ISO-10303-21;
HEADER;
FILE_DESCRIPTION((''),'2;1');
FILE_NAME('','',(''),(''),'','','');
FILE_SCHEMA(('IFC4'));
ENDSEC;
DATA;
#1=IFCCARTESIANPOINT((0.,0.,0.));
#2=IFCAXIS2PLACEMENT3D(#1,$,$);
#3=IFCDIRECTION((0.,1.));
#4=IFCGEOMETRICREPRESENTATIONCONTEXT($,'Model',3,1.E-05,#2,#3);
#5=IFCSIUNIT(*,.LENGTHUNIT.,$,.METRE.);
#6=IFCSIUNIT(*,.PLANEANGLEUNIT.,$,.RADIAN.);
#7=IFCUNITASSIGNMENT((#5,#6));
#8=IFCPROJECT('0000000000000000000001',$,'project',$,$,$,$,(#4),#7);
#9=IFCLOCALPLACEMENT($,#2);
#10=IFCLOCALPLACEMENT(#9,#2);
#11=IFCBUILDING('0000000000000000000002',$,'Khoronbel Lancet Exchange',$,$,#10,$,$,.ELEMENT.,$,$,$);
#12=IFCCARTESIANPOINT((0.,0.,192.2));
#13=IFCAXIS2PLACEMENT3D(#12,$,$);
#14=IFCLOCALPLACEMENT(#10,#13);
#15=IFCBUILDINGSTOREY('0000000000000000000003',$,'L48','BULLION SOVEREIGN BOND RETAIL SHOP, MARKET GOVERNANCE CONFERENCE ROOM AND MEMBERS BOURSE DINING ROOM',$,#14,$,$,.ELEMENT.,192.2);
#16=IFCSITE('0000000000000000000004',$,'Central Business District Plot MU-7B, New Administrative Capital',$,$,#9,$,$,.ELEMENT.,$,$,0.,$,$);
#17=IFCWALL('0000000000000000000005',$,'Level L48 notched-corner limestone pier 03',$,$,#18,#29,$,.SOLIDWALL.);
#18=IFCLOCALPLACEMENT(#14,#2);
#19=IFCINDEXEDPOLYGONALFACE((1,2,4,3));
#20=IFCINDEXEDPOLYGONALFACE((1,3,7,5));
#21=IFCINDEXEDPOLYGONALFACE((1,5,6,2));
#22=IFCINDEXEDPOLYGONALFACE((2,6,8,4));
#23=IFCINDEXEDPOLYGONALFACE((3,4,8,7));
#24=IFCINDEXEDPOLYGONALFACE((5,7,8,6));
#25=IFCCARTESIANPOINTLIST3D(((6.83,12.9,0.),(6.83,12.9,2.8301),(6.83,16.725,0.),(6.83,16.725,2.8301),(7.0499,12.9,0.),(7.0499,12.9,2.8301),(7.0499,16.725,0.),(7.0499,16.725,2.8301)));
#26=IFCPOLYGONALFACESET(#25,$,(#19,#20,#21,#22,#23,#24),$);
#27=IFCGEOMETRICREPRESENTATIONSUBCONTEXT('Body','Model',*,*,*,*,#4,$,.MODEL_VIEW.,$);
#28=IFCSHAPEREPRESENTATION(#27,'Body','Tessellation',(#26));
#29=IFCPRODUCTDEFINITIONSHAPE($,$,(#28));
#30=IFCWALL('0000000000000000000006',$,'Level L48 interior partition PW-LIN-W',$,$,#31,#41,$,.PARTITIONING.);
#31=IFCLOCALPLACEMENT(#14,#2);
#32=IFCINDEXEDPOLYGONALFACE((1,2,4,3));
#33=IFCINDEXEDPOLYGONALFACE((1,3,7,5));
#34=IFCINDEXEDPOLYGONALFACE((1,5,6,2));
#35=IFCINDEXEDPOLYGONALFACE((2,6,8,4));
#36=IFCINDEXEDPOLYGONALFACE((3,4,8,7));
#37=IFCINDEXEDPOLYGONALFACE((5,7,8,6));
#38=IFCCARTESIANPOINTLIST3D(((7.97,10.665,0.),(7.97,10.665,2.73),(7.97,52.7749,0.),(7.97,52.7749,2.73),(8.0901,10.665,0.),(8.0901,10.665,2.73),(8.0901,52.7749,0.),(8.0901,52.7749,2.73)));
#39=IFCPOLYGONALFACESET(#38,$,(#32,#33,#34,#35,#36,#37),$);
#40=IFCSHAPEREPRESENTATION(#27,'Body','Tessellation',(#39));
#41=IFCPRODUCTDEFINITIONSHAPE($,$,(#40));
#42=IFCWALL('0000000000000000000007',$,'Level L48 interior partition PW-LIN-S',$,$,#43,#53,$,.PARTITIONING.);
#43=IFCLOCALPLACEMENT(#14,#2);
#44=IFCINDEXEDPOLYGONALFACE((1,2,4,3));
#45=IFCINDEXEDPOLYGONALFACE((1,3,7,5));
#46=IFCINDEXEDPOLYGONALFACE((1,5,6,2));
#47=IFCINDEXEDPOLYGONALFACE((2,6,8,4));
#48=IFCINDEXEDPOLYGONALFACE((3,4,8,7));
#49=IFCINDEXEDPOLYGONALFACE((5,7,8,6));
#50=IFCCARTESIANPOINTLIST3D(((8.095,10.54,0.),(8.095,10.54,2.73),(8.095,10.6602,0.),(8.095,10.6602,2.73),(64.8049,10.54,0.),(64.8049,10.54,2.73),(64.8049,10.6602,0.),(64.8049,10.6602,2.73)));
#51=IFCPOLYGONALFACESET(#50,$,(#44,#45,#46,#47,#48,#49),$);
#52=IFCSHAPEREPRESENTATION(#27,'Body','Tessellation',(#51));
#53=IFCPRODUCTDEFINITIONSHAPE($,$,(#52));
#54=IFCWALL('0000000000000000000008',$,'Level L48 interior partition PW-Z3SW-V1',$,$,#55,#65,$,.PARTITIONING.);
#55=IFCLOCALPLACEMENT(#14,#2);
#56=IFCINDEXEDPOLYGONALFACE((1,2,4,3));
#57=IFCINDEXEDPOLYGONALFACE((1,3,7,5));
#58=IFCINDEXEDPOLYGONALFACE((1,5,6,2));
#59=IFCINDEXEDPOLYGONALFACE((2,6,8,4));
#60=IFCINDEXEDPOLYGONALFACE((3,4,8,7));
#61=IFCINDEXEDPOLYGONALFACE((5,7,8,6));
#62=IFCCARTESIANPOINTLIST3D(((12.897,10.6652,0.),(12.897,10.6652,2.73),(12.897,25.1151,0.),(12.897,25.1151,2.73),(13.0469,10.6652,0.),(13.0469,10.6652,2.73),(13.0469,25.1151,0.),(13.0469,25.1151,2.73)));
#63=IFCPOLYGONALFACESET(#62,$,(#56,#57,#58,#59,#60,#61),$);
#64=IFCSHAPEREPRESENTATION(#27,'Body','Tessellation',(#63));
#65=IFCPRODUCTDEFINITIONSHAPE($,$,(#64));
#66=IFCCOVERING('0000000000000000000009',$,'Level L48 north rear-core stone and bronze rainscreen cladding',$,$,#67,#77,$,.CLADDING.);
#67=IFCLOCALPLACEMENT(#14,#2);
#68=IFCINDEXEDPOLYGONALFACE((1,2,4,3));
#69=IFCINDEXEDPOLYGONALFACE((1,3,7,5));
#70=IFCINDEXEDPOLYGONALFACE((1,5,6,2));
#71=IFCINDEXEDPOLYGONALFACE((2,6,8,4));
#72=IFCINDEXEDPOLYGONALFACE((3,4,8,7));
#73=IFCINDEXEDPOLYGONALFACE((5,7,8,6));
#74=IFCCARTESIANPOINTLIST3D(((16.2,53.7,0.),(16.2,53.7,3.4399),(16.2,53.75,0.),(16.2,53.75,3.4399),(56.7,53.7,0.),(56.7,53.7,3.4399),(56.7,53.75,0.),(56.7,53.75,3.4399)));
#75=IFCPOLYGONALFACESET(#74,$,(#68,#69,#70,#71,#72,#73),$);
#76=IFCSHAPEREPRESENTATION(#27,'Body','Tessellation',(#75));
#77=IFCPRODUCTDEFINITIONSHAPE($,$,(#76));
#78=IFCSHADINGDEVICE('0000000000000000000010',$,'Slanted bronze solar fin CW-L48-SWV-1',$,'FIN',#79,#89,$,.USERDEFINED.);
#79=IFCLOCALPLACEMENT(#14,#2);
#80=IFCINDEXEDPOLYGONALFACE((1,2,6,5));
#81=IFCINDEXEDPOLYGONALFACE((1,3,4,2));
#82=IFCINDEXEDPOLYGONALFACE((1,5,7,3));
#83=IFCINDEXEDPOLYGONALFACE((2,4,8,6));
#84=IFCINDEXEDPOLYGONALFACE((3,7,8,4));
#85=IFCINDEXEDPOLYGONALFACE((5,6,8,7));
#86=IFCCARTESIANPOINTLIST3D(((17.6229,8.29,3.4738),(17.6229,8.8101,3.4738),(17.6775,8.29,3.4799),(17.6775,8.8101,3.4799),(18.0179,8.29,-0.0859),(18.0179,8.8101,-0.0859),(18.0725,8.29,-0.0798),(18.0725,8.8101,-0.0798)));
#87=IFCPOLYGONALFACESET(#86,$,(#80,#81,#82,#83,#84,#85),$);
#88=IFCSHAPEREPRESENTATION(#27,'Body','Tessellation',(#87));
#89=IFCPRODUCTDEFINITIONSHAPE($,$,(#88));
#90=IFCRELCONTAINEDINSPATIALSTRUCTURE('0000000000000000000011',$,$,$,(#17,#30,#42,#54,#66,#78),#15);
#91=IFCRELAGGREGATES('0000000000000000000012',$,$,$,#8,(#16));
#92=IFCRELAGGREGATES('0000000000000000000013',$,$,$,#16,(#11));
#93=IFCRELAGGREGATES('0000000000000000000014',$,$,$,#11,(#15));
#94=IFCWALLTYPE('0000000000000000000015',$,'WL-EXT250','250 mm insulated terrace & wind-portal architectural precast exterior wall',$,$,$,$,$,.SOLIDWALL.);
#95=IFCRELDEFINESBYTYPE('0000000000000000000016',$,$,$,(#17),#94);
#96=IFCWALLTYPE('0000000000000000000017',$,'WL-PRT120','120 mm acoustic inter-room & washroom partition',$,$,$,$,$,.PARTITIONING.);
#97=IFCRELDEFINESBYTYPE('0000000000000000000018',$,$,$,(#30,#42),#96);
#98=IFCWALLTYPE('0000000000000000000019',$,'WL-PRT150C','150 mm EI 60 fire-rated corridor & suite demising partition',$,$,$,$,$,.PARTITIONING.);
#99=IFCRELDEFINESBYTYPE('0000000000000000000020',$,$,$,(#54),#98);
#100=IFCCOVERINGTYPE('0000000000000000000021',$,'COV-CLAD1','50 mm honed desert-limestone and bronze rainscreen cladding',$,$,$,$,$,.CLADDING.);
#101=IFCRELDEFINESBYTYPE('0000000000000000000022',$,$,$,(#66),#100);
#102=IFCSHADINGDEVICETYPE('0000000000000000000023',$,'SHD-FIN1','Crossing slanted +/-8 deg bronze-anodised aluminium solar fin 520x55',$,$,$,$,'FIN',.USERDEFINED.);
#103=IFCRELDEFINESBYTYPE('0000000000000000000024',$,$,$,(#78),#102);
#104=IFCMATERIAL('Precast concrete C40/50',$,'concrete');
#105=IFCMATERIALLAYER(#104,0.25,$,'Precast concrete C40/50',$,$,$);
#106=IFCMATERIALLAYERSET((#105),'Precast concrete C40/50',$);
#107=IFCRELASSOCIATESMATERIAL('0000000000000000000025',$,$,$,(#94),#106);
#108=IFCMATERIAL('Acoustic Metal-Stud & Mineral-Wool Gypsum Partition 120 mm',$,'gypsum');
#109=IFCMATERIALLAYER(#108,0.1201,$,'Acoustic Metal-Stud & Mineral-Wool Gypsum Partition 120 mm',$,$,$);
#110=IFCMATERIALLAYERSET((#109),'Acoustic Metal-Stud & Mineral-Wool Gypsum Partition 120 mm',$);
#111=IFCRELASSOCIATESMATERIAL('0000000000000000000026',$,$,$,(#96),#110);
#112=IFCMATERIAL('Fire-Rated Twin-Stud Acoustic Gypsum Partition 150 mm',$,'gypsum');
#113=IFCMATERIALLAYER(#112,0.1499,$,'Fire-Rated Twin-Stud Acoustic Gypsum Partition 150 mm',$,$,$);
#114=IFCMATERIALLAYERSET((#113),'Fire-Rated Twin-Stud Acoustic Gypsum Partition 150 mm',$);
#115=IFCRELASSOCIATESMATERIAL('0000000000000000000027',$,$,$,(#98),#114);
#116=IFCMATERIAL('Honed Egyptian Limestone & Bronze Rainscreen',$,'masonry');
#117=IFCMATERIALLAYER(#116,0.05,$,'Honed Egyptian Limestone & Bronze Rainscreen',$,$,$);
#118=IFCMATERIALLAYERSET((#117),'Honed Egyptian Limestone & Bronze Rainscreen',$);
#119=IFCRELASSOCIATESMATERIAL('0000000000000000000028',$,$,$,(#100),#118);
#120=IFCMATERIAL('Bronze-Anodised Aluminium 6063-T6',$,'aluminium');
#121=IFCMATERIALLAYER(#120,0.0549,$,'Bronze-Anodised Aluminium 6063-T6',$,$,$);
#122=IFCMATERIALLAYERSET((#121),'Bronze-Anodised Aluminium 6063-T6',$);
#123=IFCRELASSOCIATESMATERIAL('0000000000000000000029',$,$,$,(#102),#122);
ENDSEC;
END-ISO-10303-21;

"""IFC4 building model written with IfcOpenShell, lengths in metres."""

from ifc_helpers import new_model, si_unit, direction, frame, frame_2d, origin, place, context, subcontext, project, spatial, polyline, rectangle, outline, extrude, material, layer, layer_set, type_object, element, save


model = new_model("IFC4")

# Units and contexts
model_context = context("Model", 3, precision=1e-05, world=origin(), true_north=direction((0.0, 1.0)))
body_context = subcontext(model_context, "Body", "Model", "MODEL_VIEW")
ifc_project = project(units=[si_unit("LENGTHUNIT", "METRE"), si_unit("PLANEANGLEUNIT", "RADIAN")], contexts=[model_context])

# Site, building, storey
site_placement = place(None, origin())
site = spatial("IfcSite", under=ifc_project, at=site_placement, Name="Central Business District Plot MU-7B, New Administrative Capital", CompositionType="ELEMENT", RefElevation=0.0)
building_placement = place(site_placement, origin())
building = spatial("IfcBuilding", under=site, at=building_placement, Name="Khoronbel Lancet Exchange", CompositionType="ELEMENT")
storey_placement = place(building_placement, frame((0.0, 0.0, 192.2)))
storey = spatial("IfcBuildingStorey", under=building, at=storey_placement, Name="L48", Description="BULLION SOVEREIGN BOND RETAIL SHOP, MARKET GOVERNANCE CONFERENCE ROOM AND MEMBERS BOURSE DINING ROOM", CompositionType="ELEMENT", Elevation=192.2)

# Shared definitions
ifc_material_1 = material(Name="Bronze-Anodised Aluminium 6063-T6", Category="aluminium")

# Walls
ifc_material_2 = material(Name="Precast concrete C40/50", Category="concrete")
ifc_layer_1 = layer(ifc_material_2, 0.25, Name="Precast concrete C40/50")
ifc_layer_set_1 = layer_set([ifc_layer_1], Name="Precast concrete C40/50")
wall_type_1 = type_object("IfcWallType", Name="WL-EXT250", Description="250 mm insulated terrace & wind-portal architectural precast exterior wall", PredefinedType="SOLIDWALL", material=ifc_layer_set_1)
wall_1_placement = place(storey_placement, frame((6.9399, 12.8999, 0.0), z_axis=(0.0, 0.0, 1.0), x_axis=(0.0, 1.0, 0.0)))
element("IfcWall", 1, at=wall_1_placement, inside=storey, type_object=wall_type_1, Name="Level L48 notched-corner limestone pier 03", PredefinedType="SOLIDWALL", context=body_context, shape_type="SweptSolid", body=[
    extrude(rectangle(XDim=3.825, YDim=0.22, at=frame_2d((1.9126, 0.0))), origin(), (0.0, 0.0, 1.0), 2.8301),
])
ifc_material_3 = material(Name="Acoustic Metal-Stud & Mineral-Wool Gypsum Partition 120 mm", Category="gypsum")
ifc_layer_2 = layer(ifc_material_3, 0.1201, Name="Acoustic Metal-Stud & Mineral-Wool Gypsum Partition 120 mm")
ifc_layer_set_2 = layer_set([ifc_layer_2], Name="Acoustic Metal-Stud & Mineral-Wool Gypsum Partition 120 mm")
wall_type_2 = type_object("IfcWallType", Name="WL-PRT120", Description="120 mm acoustic inter-room & washroom partition", PredefinedType="PARTITIONING", material=ifc_layer_set_2)
wall_2_placement = place(storey_placement, frame((8.03, 10.665, 0.0), z_axis=(0.0, 0.0, 1.0), x_axis=(0.0, 1.0, 0.0)))
element("IfcWall", 2, at=wall_2_placement, inside=storey, type_object=wall_type_2, Name="Level L48 interior partition PW-LIN-W", PredefinedType="PARTITIONING", context=body_context, shape_type="SweptSolid", body=[
    extrude(rectangle(XDim=42.1099, YDim=0.1201, at=frame_2d((21.0549, 0.0))), origin(), (0.0, 0.0, 1.0), 2.73),
])
wall_3_placement = place(storey_placement, frame((8.095, 10.6001, 0.0), z_axis=(0.0, 0.0, 1.0), x_axis=(1.0, 0.0, 0.0)))
element("IfcWall", 3, at=wall_3_placement, inside=storey, type_object=wall_type_2, Name="Level L48 interior partition PW-LIN-S", PredefinedType="PARTITIONING", context=body_context, shape_type="SweptSolid", body=[
    extrude(rectangle(XDim=56.71, YDim=0.1201, at=frame_2d((28.355, 0.0))), origin(), (0.0, 0.0, 1.0), 2.73),
])
ifc_material_4 = material(Name="Fire-Rated Twin-Stud Acoustic Gypsum Partition 150 mm", Category="gypsum")
ifc_layer_3 = layer(ifc_material_4, 0.1499, Name="Fire-Rated Twin-Stud Acoustic Gypsum Partition 150 mm")
ifc_layer_set_3 = layer_set([ifc_layer_3], Name="Fire-Rated Twin-Stud Acoustic Gypsum Partition 150 mm")
wall_type_3 = type_object("IfcWallType", Name="WL-PRT150C", Description="150 mm EI 60 fire-rated corridor & suite demising partition", PredefinedType="PARTITIONING", material=ifc_layer_set_3)
wall_4_placement = place(storey_placement, frame((12.9719, 10.665, 0.0), z_axis=(0.0, 0.0, 1.0), x_axis=(0.0, 1.0, 0.0)))
element("IfcWall", 4, at=wall_4_placement, inside=storey, type_object=wall_type_3, Name="Level L48 interior partition PW-Z3SW-V1", PredefinedType="PARTITIONING", context=body_context, shape_type="SweptSolid", body=[
    extrude(rectangle(XDim=14.45, YDim=0.1499, at=frame_2d((7.2251, 0.0))), origin(), (0.0, 0.0, 1.0), 2.73),
])

# Covering
ifc_material_5 = material(Name="Honed Egyptian Limestone & Bronze Rainscreen", Category="masonry")
ifc_layer_4 = layer(ifc_material_5, 0.05, Name="Honed Egyptian Limestone & Bronze Rainscreen")
ifc_layer_set_4 = layer_set([ifc_layer_4], Name="Honed Egyptian Limestone & Bronze Rainscreen")
covering_type = type_object("IfcCoveringType", Name="COV-CLAD1", Description="50 mm honed desert-limestone and bronze rainscreen cladding", PredefinedType="CLADDING", material=ifc_layer_set_4)
covering_placement = place(storey_placement, origin())
element("IfcCovering", 5, at=covering_placement, inside=storey, type_object=covering_type, Name="Level L48 north rear-core stone and bronze rainscreen cladding", PredefinedType="CLADDING", context=body_context, shape_type="SweptSolid", body=[
    extrude(outline(polyline([(16.2, 53.7), (56.7, 53.7), (56.7, 53.75), (16.2, 53.75), (16.2, 53.7)])), origin(), (0.0, 0.0, 1.0), 3.4399),
])

# Shading device
ifc_layer_5 = layer(ifc_material_1, 0.0549, Name="Bronze-Anodised Aluminium 6063-T6")
ifc_layer_set_5 = layer_set([ifc_layer_5], Name="Bronze-Anodised Aluminium 6063-T6")
shading_device_type = type_object("IfcShadingDeviceType", Name="SHD-FIN1", Description="Crossing slanted +/-8 deg bronze-anodised aluminium solar fin 520x55", ElementType="FIN", PredefinedType="USERDEFINED", material=ifc_layer_set_5)
shading_device_placement = place(storey_placement, frame((18.0725, 8.8101, -0.0798), z_axis=(0.9939, 0.0, 0.110289), x_axis=(0.0, -1.0, 0.0)))
element("IfcShadingDevice", 6, at=shading_device_placement, inside=storey, type_object=shading_device_type, Name="Slanted bronze solar fin CW-L48-SWV-1", ObjectType="FIN", PredefinedType="USERDEFINED", context=body_context, shape_type="SweptSolid", body=[
    extrude(outline(polyline([(0.0, 0.0), (0.52, 0.0), (0.52, -3.5815), (0.0, -3.5815), (0.0, 0.0)])), origin(), (0.0, 0.0, -1.0), 0.0549),
])

save(model, "model.ifc")
